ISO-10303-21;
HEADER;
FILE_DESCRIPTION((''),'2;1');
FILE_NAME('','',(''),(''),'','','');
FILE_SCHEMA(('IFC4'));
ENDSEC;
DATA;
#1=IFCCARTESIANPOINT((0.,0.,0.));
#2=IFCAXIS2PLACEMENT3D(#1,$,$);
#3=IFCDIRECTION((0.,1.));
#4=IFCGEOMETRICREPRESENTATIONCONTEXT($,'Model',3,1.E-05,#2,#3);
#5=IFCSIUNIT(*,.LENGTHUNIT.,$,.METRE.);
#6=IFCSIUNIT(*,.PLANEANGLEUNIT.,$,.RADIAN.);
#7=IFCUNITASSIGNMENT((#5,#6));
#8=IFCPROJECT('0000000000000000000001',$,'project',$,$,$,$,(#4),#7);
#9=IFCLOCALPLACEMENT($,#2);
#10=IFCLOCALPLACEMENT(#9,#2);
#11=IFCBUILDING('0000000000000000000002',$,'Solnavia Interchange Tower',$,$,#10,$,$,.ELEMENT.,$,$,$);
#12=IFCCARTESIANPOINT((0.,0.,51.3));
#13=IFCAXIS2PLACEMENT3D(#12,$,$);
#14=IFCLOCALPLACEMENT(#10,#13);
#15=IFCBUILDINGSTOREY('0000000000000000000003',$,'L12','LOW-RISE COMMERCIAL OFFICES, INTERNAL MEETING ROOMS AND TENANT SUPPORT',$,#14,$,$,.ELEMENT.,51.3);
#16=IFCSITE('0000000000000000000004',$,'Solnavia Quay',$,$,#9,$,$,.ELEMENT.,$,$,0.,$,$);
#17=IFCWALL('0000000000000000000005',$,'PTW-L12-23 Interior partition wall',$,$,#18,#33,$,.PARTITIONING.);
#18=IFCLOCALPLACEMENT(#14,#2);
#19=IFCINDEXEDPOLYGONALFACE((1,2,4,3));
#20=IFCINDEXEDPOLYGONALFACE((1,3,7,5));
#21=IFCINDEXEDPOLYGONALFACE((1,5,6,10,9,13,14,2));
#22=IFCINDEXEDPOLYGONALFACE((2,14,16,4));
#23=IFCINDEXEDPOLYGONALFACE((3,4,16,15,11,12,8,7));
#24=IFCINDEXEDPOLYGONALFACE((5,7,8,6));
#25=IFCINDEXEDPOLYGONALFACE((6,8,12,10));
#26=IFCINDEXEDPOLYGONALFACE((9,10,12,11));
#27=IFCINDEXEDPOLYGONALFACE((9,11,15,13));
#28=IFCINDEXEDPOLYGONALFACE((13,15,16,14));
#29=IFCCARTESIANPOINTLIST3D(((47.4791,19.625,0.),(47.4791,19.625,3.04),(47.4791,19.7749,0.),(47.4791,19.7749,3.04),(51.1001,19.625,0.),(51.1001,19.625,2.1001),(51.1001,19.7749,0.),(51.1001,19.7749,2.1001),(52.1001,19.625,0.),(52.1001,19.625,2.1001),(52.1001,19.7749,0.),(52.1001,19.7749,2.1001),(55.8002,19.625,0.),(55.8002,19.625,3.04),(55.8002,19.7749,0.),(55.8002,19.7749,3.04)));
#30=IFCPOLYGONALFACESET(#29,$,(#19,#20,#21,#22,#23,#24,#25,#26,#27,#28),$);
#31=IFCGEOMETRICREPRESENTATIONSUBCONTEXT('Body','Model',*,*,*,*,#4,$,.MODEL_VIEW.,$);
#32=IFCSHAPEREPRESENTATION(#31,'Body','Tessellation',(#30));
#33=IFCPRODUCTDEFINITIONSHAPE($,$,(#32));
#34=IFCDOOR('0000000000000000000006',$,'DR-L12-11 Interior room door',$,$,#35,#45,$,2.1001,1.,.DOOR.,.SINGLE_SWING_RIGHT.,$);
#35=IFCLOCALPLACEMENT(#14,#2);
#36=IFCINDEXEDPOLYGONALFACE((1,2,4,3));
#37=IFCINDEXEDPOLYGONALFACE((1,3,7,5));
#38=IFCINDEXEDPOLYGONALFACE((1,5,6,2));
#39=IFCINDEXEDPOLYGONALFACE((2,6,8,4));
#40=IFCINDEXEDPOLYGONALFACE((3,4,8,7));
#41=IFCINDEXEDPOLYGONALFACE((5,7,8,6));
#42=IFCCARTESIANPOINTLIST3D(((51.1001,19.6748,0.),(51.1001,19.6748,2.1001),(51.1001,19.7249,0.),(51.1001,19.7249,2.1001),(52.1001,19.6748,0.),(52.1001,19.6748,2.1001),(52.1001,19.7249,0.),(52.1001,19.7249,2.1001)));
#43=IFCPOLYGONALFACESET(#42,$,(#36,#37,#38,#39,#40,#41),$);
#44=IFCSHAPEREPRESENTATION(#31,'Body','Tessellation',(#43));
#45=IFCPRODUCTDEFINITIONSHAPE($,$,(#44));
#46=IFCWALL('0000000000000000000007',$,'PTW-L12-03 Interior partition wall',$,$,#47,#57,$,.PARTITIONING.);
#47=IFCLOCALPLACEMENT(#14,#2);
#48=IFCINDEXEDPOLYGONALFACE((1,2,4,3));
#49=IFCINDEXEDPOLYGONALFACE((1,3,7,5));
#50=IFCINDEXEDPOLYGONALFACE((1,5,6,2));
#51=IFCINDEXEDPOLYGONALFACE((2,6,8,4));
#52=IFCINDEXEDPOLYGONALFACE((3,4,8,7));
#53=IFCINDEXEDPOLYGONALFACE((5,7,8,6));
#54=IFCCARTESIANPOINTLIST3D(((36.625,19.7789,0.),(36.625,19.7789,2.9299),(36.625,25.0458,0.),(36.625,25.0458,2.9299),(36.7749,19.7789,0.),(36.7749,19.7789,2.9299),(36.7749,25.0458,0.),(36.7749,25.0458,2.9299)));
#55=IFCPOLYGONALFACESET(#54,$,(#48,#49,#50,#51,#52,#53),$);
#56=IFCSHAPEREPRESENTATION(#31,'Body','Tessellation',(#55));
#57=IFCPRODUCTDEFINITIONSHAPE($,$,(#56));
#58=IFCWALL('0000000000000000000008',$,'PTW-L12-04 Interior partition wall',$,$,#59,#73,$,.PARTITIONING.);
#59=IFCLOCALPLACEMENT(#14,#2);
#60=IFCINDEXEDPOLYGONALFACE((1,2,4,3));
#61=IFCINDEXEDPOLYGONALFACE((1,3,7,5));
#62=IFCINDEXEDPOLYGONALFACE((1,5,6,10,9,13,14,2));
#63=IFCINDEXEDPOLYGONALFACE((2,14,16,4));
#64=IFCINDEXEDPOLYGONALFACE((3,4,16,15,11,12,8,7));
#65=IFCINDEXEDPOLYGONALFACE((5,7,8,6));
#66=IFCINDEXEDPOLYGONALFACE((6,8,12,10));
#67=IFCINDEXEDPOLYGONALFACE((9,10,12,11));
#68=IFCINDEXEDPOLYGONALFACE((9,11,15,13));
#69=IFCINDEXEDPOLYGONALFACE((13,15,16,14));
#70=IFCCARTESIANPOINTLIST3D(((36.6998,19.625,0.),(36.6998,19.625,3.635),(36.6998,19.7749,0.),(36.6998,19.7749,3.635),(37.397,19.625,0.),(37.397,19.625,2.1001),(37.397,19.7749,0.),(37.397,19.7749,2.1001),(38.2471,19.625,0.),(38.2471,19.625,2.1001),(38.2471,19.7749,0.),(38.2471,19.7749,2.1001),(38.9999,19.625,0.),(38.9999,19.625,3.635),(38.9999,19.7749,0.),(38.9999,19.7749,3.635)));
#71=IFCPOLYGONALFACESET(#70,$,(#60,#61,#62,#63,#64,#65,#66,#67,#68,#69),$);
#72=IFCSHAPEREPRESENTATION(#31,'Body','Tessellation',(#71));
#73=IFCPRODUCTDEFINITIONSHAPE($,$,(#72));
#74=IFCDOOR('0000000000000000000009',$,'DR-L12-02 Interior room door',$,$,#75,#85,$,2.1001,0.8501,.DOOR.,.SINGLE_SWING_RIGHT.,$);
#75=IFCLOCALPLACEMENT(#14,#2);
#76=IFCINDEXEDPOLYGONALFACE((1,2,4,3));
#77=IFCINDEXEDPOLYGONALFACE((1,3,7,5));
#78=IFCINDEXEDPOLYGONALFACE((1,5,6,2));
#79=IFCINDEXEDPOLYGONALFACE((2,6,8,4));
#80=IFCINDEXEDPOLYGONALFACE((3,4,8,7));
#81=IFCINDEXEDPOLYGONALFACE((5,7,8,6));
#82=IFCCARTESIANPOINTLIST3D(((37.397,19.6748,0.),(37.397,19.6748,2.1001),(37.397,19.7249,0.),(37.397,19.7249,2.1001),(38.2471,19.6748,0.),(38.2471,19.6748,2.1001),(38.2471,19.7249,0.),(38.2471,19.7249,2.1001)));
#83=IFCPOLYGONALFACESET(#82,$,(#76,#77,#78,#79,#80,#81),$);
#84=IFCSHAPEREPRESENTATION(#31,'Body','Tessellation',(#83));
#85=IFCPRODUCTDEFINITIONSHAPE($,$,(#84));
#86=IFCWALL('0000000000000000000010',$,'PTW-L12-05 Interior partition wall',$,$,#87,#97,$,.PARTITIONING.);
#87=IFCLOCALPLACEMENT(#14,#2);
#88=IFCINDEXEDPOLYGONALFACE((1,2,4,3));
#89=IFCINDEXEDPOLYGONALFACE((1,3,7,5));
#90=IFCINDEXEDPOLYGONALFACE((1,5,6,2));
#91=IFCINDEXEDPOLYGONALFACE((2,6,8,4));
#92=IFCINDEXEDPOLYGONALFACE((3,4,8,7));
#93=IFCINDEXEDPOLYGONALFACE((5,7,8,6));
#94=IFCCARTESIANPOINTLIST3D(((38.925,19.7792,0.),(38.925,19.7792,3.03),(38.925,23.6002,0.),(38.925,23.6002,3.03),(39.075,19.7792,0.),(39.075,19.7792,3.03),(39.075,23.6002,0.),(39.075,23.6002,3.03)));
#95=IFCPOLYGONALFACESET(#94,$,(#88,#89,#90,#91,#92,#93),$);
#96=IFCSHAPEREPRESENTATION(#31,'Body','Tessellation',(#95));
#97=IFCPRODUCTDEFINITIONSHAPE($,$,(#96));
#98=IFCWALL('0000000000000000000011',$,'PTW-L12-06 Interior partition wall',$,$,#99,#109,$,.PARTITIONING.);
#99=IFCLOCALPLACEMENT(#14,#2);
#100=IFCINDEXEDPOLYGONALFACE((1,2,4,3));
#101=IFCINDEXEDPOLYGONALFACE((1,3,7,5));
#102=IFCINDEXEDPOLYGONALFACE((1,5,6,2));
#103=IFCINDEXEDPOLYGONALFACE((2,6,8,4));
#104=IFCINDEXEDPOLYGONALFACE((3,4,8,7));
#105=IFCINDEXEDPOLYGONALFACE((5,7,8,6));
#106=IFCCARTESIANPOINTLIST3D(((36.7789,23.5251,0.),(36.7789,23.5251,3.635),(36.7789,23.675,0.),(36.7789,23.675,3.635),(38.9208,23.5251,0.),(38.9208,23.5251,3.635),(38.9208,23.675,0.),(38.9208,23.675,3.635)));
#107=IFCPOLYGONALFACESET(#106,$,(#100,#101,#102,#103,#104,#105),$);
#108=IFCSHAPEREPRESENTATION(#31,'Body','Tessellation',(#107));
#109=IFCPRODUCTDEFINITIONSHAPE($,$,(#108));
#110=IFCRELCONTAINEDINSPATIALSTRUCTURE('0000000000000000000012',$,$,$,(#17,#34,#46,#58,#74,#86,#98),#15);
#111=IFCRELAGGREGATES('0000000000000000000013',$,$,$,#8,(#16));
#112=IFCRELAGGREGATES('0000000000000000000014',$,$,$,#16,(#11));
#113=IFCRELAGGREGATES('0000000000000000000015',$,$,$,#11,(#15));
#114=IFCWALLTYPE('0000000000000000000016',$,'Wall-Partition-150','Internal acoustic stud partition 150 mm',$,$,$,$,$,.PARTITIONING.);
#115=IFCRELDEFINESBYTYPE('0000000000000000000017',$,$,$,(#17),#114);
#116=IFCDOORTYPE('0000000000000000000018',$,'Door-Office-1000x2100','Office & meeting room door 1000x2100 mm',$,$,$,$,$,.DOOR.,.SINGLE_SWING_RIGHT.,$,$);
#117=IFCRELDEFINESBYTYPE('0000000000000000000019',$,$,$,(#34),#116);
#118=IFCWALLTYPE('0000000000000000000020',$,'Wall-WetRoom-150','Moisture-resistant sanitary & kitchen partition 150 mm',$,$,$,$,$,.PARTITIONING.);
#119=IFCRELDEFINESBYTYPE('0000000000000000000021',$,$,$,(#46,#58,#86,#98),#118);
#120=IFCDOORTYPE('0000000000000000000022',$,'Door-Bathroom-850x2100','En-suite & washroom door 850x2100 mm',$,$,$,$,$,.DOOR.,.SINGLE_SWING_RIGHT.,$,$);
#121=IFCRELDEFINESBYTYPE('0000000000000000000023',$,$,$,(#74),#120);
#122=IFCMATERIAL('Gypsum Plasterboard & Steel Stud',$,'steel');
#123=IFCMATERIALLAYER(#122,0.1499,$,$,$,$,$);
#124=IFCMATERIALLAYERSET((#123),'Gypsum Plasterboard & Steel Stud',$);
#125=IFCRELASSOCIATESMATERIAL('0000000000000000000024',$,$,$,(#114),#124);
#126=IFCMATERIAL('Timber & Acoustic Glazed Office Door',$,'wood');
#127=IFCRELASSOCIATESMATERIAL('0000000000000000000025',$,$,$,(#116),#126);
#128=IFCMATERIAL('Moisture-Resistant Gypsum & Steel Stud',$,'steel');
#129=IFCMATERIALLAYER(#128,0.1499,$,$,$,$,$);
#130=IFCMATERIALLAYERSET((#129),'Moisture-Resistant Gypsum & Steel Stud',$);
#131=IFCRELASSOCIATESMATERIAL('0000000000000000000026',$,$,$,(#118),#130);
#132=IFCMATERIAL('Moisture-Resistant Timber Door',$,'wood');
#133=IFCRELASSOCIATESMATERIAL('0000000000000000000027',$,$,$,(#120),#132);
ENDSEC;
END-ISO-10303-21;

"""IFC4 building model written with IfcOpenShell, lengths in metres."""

from ifc_helpers import new_model, si_unit, direction, frame, frame_2d, origin, place, context, subcontext, project, spatial, rectangle, extrude, material, layer, layer_set, type_object, element, fill, save


model = new_model("IFC4")

# Units and contexts
model_context = context("Model", 3, precision=1e-05, world=origin(), true_north=direction((0.0, 1.0)))
body_context = subcontext(model_context, "Body", "Model", "MODEL_VIEW")
ifc_project = project(units=[si_unit("LENGTHUNIT", "METRE"), si_unit("PLANEANGLEUNIT", "RADIAN")], contexts=[model_context])

# Site, building, storey
site_placement = place(None, origin())
site = spatial("IfcSite", under=ifc_project, at=site_placement, Name="Solnavia Quay", CompositionType="ELEMENT", RefElevation=0.0)
building_placement = place(site_placement, origin())
building = spatial("IfcBuilding", under=site, at=building_placement, Name="Solnavia Interchange Tower", CompositionType="ELEMENT")
storey_placement = place(building_placement, frame((0.0, 0.0, 51.3)))
storey = spatial("IfcBuildingStorey", under=building, at=storey_placement, Name="L12", Description="LOW-RISE COMMERCIAL OFFICES, INTERNAL MEETING ROOMS AND TENANT SUPPORT", CompositionType="ELEMENT", Elevation=51.3)

# Shared definitions
ifc_material_1 = material(Name="Gypsum Plasterboard & Steel Stud", Category="steel")
ifc_layer_1 = layer(ifc_material_1, 0.1499)
ifc_layer_set_1 = layer_set([ifc_layer_1], Name="Gypsum Plasterboard & Steel Stud")
wall_type_1 = type_object("IfcWallType", Name="Wall-Partition-150", Description="Internal acoustic stud partition 150 mm", PredefinedType="PARTITIONING", material=ifc_layer_set_1)

# Wall, opening, door
ifc_material_2 = material(Name="Timber & Acoustic Glazed Office Door", Category="wood")
door_type_1 = type_object("IfcDoorType", Name="Door-Office-1000x2100", Description="Office & meeting room door 1000x2100 mm", OperationType="SINGLE_SWING_RIGHT", PredefinedType="DOOR", material=ifc_material_2)
wall_1_placement = place(storey_placement, frame((47.479, 19.7, 0.0), z_axis=(0.0, 0.0, 1.0), x_axis=(1.0, 0.0, 0.0)))
wall_1 = element("IfcWall", 1, at=wall_1_placement, inside=storey, type_object=wall_type_1, Name="PTW-L12-23 Interior partition wall", PredefinedType="PARTITIONING", context=body_context, shape_type="SweptSolid", body=[
    extrude(rectangle(XDim=8.321, YDim=0.1499, at=frame_2d((4.1606, 0.0))), origin(), (0.0, 0.0, 1.0), 3.04),
])
opening_1_placement = place(wall_1_placement, frame((3.6211, 0.0, 0.0)))
opening_1 = element("IfcOpeningElement", 2, at=opening_1_placement, cuts=wall_1, PredefinedType="OPENING", context=body_context, shape_type="SweptSolid", body=[
    extrude(rectangle(XDim=1.0, YDim=2.1001, at=frame_2d((0.5, 1.05))), frame((0.0, 0.085, 0.0), z_axis=(0.0, -1.0, 0.0), x_axis=(1.0, 0.0, 0.0)), (0.0, 0.0, 1.0), 0.1699),
])
door_1_placement = place(opening_1_placement, origin())
door_1 = element("IfcDoor", 3, at=door_1_placement, inside=storey, type_object=door_type_1, Name="DR-L12-11 Interior room door", OperationType="SINGLE_SWING_RIGHT", OverallHeight=2.1001, OverallWidth=1.0, PredefinedType="DOOR", context=body_context, shape_type="SweptSolid", body=[
    extrude(rectangle(XDim=1.0, YDim=2.1001, at=frame_2d((0.5, 1.05))), frame((0.0, 0.0249, 0.0), z_axis=(0.0, -1.0, 0.0), x_axis=(1.0, 0.0, 0.0)), (0.0, 0.0, 1.0), 0.05),
])
fill(opening_1, door_1)

# Wall
ifc_material_3 = material(Name="Moisture-Resistant Gypsum & Steel Stud", Category="steel")
ifc_layer_2 = layer(ifc_material_3, 0.1499)
ifc_layer_set_2 = layer_set([ifc_layer_2], Name="Moisture-Resistant Gypsum & Steel Stud")
wall_type_2 = type_object("IfcWallType", Name="Wall-WetRoom-150", Description="Moisture-resistant sanitary & kitchen partition 150 mm", PredefinedType="PARTITIONING", material=ifc_layer_set_2)
wall_2_placement = place(storey_placement, frame((36.7, 19.7791, 0.0), z_axis=(0.0, 0.0, 1.0), x_axis=(0.0, 1.0, 0.0)))
element("IfcWall", 4, at=wall_2_placement, inside=storey, type_object=wall_type_2, Name="PTW-L12-03 Interior partition wall", PredefinedType="PARTITIONING", context=body_context, shape_type="SweptSolid", body=[
    extrude(rectangle(XDim=5.2668, YDim=0.1499, at=frame_2d((2.6333, 0.0))), origin(), (0.0, 0.0, 1.0), 2.9299),
])

# Wall, opening, door
wall_3_placement = place(storey_placement, frame((36.7, 19.7, 0.0), z_axis=(0.0, 0.0, 1.0), x_axis=(1.0, 0.0, 0.0)))
wall_3 = element("IfcWall", 5, at=wall_3_placement, inside=storey, type_object=wall_type_2, Name="PTW-L12-04 Interior partition wall", PredefinedType="PARTITIONING", context=body_context, shape_type="SweptSolid", body=[
    extrude(rectangle(XDim=2.3, YDim=0.1499, at=frame_2d((1.1499, 0.0))), origin(), (0.0, 0.0, 1.0), 3.635),
])
opening_2_placement = place(wall_3_placement, frame((0.697, 0.0, 0.0)))
opening_2 = element("IfcOpeningElement", 6, at=opening_2_placement, cuts=wall_3, PredefinedType="OPENING", context=body_context, shape_type="SweptSolid", body=[
    extrude(rectangle(XDim=0.8501, YDim=2.1001, at=frame_2d((0.425, 1.05))), frame((0.0, 0.085, 0.0), z_axis=(0.0, -1.0, 0.0), x_axis=(1.0, 0.0, 0.0)), (0.0, 0.0, 1.0), 0.1699),
])
ifc_material_4 = material(Name="Moisture-Resistant Timber Door", Category="wood")
door_type_2 = type_object("IfcDoorType", Name="Door-Bathroom-850x2100", Description="En-suite & washroom door 850x2100 mm", OperationType="SINGLE_SWING_RIGHT", PredefinedType="DOOR", material=ifc_material_4)
door_2_placement = place(opening_2_placement, origin())
door_2 = element("IfcDoor", 7, at=door_2_placement, inside=storey, type_object=door_type_2, Name="DR-L12-02 Interior room door", OperationType="SINGLE_SWING_RIGHT", OverallHeight=2.1001, OverallWidth=0.8501, PredefinedType="DOOR", context=body_context, shape_type="SweptSolid", body=[
    extrude(rectangle(XDim=0.8501, YDim=2.1001, at=frame_2d((0.425, 1.05))), frame((0.0, 0.0249, 0.0), z_axis=(0.0, -1.0, 0.0), x_axis=(1.0, 0.0, 0.0)), (0.0, 0.0, 1.0), 0.05),
])
fill(opening_2, door_2)

# Walls
wall_4_placement = place(storey_placement, frame((39.0, 19.7791, 0.0), z_axis=(0.0, 0.0, 1.0), x_axis=(0.0, 1.0, 0.0)))
element("IfcWall", 8, at=wall_4_placement, inside=storey, type_object=wall_type_2, Name="PTW-L12-05 Interior partition wall", PredefinedType="PARTITIONING", context=body_context, shape_type="SweptSolid", body=[
    extrude(rectangle(XDim=3.821, YDim=0.1499, at=frame_2d((1.9106, 0.0))), origin(), (0.0, 0.0, 1.0), 3.03),
])
wall_5_placement = place(storey_placement, frame((36.7791, 23.6001, 0.0), z_axis=(0.0, 0.0, 1.0), x_axis=(1.0, 0.0, 0.0)))
element("IfcWall", 9, at=wall_5_placement, inside=storey, type_object=wall_type_2, Name="PTW-L12-06 Interior partition wall", PredefinedType="PARTITIONING", context=body_context, shape_type="SweptSolid", body=[
    extrude(rectangle(XDim=2.1418, YDim=0.1499, at=frame_2d((1.0708, 0.0))), origin(), (0.0, 0.0, 1.0), 3.635),
])

save(model, "model.ifc")
